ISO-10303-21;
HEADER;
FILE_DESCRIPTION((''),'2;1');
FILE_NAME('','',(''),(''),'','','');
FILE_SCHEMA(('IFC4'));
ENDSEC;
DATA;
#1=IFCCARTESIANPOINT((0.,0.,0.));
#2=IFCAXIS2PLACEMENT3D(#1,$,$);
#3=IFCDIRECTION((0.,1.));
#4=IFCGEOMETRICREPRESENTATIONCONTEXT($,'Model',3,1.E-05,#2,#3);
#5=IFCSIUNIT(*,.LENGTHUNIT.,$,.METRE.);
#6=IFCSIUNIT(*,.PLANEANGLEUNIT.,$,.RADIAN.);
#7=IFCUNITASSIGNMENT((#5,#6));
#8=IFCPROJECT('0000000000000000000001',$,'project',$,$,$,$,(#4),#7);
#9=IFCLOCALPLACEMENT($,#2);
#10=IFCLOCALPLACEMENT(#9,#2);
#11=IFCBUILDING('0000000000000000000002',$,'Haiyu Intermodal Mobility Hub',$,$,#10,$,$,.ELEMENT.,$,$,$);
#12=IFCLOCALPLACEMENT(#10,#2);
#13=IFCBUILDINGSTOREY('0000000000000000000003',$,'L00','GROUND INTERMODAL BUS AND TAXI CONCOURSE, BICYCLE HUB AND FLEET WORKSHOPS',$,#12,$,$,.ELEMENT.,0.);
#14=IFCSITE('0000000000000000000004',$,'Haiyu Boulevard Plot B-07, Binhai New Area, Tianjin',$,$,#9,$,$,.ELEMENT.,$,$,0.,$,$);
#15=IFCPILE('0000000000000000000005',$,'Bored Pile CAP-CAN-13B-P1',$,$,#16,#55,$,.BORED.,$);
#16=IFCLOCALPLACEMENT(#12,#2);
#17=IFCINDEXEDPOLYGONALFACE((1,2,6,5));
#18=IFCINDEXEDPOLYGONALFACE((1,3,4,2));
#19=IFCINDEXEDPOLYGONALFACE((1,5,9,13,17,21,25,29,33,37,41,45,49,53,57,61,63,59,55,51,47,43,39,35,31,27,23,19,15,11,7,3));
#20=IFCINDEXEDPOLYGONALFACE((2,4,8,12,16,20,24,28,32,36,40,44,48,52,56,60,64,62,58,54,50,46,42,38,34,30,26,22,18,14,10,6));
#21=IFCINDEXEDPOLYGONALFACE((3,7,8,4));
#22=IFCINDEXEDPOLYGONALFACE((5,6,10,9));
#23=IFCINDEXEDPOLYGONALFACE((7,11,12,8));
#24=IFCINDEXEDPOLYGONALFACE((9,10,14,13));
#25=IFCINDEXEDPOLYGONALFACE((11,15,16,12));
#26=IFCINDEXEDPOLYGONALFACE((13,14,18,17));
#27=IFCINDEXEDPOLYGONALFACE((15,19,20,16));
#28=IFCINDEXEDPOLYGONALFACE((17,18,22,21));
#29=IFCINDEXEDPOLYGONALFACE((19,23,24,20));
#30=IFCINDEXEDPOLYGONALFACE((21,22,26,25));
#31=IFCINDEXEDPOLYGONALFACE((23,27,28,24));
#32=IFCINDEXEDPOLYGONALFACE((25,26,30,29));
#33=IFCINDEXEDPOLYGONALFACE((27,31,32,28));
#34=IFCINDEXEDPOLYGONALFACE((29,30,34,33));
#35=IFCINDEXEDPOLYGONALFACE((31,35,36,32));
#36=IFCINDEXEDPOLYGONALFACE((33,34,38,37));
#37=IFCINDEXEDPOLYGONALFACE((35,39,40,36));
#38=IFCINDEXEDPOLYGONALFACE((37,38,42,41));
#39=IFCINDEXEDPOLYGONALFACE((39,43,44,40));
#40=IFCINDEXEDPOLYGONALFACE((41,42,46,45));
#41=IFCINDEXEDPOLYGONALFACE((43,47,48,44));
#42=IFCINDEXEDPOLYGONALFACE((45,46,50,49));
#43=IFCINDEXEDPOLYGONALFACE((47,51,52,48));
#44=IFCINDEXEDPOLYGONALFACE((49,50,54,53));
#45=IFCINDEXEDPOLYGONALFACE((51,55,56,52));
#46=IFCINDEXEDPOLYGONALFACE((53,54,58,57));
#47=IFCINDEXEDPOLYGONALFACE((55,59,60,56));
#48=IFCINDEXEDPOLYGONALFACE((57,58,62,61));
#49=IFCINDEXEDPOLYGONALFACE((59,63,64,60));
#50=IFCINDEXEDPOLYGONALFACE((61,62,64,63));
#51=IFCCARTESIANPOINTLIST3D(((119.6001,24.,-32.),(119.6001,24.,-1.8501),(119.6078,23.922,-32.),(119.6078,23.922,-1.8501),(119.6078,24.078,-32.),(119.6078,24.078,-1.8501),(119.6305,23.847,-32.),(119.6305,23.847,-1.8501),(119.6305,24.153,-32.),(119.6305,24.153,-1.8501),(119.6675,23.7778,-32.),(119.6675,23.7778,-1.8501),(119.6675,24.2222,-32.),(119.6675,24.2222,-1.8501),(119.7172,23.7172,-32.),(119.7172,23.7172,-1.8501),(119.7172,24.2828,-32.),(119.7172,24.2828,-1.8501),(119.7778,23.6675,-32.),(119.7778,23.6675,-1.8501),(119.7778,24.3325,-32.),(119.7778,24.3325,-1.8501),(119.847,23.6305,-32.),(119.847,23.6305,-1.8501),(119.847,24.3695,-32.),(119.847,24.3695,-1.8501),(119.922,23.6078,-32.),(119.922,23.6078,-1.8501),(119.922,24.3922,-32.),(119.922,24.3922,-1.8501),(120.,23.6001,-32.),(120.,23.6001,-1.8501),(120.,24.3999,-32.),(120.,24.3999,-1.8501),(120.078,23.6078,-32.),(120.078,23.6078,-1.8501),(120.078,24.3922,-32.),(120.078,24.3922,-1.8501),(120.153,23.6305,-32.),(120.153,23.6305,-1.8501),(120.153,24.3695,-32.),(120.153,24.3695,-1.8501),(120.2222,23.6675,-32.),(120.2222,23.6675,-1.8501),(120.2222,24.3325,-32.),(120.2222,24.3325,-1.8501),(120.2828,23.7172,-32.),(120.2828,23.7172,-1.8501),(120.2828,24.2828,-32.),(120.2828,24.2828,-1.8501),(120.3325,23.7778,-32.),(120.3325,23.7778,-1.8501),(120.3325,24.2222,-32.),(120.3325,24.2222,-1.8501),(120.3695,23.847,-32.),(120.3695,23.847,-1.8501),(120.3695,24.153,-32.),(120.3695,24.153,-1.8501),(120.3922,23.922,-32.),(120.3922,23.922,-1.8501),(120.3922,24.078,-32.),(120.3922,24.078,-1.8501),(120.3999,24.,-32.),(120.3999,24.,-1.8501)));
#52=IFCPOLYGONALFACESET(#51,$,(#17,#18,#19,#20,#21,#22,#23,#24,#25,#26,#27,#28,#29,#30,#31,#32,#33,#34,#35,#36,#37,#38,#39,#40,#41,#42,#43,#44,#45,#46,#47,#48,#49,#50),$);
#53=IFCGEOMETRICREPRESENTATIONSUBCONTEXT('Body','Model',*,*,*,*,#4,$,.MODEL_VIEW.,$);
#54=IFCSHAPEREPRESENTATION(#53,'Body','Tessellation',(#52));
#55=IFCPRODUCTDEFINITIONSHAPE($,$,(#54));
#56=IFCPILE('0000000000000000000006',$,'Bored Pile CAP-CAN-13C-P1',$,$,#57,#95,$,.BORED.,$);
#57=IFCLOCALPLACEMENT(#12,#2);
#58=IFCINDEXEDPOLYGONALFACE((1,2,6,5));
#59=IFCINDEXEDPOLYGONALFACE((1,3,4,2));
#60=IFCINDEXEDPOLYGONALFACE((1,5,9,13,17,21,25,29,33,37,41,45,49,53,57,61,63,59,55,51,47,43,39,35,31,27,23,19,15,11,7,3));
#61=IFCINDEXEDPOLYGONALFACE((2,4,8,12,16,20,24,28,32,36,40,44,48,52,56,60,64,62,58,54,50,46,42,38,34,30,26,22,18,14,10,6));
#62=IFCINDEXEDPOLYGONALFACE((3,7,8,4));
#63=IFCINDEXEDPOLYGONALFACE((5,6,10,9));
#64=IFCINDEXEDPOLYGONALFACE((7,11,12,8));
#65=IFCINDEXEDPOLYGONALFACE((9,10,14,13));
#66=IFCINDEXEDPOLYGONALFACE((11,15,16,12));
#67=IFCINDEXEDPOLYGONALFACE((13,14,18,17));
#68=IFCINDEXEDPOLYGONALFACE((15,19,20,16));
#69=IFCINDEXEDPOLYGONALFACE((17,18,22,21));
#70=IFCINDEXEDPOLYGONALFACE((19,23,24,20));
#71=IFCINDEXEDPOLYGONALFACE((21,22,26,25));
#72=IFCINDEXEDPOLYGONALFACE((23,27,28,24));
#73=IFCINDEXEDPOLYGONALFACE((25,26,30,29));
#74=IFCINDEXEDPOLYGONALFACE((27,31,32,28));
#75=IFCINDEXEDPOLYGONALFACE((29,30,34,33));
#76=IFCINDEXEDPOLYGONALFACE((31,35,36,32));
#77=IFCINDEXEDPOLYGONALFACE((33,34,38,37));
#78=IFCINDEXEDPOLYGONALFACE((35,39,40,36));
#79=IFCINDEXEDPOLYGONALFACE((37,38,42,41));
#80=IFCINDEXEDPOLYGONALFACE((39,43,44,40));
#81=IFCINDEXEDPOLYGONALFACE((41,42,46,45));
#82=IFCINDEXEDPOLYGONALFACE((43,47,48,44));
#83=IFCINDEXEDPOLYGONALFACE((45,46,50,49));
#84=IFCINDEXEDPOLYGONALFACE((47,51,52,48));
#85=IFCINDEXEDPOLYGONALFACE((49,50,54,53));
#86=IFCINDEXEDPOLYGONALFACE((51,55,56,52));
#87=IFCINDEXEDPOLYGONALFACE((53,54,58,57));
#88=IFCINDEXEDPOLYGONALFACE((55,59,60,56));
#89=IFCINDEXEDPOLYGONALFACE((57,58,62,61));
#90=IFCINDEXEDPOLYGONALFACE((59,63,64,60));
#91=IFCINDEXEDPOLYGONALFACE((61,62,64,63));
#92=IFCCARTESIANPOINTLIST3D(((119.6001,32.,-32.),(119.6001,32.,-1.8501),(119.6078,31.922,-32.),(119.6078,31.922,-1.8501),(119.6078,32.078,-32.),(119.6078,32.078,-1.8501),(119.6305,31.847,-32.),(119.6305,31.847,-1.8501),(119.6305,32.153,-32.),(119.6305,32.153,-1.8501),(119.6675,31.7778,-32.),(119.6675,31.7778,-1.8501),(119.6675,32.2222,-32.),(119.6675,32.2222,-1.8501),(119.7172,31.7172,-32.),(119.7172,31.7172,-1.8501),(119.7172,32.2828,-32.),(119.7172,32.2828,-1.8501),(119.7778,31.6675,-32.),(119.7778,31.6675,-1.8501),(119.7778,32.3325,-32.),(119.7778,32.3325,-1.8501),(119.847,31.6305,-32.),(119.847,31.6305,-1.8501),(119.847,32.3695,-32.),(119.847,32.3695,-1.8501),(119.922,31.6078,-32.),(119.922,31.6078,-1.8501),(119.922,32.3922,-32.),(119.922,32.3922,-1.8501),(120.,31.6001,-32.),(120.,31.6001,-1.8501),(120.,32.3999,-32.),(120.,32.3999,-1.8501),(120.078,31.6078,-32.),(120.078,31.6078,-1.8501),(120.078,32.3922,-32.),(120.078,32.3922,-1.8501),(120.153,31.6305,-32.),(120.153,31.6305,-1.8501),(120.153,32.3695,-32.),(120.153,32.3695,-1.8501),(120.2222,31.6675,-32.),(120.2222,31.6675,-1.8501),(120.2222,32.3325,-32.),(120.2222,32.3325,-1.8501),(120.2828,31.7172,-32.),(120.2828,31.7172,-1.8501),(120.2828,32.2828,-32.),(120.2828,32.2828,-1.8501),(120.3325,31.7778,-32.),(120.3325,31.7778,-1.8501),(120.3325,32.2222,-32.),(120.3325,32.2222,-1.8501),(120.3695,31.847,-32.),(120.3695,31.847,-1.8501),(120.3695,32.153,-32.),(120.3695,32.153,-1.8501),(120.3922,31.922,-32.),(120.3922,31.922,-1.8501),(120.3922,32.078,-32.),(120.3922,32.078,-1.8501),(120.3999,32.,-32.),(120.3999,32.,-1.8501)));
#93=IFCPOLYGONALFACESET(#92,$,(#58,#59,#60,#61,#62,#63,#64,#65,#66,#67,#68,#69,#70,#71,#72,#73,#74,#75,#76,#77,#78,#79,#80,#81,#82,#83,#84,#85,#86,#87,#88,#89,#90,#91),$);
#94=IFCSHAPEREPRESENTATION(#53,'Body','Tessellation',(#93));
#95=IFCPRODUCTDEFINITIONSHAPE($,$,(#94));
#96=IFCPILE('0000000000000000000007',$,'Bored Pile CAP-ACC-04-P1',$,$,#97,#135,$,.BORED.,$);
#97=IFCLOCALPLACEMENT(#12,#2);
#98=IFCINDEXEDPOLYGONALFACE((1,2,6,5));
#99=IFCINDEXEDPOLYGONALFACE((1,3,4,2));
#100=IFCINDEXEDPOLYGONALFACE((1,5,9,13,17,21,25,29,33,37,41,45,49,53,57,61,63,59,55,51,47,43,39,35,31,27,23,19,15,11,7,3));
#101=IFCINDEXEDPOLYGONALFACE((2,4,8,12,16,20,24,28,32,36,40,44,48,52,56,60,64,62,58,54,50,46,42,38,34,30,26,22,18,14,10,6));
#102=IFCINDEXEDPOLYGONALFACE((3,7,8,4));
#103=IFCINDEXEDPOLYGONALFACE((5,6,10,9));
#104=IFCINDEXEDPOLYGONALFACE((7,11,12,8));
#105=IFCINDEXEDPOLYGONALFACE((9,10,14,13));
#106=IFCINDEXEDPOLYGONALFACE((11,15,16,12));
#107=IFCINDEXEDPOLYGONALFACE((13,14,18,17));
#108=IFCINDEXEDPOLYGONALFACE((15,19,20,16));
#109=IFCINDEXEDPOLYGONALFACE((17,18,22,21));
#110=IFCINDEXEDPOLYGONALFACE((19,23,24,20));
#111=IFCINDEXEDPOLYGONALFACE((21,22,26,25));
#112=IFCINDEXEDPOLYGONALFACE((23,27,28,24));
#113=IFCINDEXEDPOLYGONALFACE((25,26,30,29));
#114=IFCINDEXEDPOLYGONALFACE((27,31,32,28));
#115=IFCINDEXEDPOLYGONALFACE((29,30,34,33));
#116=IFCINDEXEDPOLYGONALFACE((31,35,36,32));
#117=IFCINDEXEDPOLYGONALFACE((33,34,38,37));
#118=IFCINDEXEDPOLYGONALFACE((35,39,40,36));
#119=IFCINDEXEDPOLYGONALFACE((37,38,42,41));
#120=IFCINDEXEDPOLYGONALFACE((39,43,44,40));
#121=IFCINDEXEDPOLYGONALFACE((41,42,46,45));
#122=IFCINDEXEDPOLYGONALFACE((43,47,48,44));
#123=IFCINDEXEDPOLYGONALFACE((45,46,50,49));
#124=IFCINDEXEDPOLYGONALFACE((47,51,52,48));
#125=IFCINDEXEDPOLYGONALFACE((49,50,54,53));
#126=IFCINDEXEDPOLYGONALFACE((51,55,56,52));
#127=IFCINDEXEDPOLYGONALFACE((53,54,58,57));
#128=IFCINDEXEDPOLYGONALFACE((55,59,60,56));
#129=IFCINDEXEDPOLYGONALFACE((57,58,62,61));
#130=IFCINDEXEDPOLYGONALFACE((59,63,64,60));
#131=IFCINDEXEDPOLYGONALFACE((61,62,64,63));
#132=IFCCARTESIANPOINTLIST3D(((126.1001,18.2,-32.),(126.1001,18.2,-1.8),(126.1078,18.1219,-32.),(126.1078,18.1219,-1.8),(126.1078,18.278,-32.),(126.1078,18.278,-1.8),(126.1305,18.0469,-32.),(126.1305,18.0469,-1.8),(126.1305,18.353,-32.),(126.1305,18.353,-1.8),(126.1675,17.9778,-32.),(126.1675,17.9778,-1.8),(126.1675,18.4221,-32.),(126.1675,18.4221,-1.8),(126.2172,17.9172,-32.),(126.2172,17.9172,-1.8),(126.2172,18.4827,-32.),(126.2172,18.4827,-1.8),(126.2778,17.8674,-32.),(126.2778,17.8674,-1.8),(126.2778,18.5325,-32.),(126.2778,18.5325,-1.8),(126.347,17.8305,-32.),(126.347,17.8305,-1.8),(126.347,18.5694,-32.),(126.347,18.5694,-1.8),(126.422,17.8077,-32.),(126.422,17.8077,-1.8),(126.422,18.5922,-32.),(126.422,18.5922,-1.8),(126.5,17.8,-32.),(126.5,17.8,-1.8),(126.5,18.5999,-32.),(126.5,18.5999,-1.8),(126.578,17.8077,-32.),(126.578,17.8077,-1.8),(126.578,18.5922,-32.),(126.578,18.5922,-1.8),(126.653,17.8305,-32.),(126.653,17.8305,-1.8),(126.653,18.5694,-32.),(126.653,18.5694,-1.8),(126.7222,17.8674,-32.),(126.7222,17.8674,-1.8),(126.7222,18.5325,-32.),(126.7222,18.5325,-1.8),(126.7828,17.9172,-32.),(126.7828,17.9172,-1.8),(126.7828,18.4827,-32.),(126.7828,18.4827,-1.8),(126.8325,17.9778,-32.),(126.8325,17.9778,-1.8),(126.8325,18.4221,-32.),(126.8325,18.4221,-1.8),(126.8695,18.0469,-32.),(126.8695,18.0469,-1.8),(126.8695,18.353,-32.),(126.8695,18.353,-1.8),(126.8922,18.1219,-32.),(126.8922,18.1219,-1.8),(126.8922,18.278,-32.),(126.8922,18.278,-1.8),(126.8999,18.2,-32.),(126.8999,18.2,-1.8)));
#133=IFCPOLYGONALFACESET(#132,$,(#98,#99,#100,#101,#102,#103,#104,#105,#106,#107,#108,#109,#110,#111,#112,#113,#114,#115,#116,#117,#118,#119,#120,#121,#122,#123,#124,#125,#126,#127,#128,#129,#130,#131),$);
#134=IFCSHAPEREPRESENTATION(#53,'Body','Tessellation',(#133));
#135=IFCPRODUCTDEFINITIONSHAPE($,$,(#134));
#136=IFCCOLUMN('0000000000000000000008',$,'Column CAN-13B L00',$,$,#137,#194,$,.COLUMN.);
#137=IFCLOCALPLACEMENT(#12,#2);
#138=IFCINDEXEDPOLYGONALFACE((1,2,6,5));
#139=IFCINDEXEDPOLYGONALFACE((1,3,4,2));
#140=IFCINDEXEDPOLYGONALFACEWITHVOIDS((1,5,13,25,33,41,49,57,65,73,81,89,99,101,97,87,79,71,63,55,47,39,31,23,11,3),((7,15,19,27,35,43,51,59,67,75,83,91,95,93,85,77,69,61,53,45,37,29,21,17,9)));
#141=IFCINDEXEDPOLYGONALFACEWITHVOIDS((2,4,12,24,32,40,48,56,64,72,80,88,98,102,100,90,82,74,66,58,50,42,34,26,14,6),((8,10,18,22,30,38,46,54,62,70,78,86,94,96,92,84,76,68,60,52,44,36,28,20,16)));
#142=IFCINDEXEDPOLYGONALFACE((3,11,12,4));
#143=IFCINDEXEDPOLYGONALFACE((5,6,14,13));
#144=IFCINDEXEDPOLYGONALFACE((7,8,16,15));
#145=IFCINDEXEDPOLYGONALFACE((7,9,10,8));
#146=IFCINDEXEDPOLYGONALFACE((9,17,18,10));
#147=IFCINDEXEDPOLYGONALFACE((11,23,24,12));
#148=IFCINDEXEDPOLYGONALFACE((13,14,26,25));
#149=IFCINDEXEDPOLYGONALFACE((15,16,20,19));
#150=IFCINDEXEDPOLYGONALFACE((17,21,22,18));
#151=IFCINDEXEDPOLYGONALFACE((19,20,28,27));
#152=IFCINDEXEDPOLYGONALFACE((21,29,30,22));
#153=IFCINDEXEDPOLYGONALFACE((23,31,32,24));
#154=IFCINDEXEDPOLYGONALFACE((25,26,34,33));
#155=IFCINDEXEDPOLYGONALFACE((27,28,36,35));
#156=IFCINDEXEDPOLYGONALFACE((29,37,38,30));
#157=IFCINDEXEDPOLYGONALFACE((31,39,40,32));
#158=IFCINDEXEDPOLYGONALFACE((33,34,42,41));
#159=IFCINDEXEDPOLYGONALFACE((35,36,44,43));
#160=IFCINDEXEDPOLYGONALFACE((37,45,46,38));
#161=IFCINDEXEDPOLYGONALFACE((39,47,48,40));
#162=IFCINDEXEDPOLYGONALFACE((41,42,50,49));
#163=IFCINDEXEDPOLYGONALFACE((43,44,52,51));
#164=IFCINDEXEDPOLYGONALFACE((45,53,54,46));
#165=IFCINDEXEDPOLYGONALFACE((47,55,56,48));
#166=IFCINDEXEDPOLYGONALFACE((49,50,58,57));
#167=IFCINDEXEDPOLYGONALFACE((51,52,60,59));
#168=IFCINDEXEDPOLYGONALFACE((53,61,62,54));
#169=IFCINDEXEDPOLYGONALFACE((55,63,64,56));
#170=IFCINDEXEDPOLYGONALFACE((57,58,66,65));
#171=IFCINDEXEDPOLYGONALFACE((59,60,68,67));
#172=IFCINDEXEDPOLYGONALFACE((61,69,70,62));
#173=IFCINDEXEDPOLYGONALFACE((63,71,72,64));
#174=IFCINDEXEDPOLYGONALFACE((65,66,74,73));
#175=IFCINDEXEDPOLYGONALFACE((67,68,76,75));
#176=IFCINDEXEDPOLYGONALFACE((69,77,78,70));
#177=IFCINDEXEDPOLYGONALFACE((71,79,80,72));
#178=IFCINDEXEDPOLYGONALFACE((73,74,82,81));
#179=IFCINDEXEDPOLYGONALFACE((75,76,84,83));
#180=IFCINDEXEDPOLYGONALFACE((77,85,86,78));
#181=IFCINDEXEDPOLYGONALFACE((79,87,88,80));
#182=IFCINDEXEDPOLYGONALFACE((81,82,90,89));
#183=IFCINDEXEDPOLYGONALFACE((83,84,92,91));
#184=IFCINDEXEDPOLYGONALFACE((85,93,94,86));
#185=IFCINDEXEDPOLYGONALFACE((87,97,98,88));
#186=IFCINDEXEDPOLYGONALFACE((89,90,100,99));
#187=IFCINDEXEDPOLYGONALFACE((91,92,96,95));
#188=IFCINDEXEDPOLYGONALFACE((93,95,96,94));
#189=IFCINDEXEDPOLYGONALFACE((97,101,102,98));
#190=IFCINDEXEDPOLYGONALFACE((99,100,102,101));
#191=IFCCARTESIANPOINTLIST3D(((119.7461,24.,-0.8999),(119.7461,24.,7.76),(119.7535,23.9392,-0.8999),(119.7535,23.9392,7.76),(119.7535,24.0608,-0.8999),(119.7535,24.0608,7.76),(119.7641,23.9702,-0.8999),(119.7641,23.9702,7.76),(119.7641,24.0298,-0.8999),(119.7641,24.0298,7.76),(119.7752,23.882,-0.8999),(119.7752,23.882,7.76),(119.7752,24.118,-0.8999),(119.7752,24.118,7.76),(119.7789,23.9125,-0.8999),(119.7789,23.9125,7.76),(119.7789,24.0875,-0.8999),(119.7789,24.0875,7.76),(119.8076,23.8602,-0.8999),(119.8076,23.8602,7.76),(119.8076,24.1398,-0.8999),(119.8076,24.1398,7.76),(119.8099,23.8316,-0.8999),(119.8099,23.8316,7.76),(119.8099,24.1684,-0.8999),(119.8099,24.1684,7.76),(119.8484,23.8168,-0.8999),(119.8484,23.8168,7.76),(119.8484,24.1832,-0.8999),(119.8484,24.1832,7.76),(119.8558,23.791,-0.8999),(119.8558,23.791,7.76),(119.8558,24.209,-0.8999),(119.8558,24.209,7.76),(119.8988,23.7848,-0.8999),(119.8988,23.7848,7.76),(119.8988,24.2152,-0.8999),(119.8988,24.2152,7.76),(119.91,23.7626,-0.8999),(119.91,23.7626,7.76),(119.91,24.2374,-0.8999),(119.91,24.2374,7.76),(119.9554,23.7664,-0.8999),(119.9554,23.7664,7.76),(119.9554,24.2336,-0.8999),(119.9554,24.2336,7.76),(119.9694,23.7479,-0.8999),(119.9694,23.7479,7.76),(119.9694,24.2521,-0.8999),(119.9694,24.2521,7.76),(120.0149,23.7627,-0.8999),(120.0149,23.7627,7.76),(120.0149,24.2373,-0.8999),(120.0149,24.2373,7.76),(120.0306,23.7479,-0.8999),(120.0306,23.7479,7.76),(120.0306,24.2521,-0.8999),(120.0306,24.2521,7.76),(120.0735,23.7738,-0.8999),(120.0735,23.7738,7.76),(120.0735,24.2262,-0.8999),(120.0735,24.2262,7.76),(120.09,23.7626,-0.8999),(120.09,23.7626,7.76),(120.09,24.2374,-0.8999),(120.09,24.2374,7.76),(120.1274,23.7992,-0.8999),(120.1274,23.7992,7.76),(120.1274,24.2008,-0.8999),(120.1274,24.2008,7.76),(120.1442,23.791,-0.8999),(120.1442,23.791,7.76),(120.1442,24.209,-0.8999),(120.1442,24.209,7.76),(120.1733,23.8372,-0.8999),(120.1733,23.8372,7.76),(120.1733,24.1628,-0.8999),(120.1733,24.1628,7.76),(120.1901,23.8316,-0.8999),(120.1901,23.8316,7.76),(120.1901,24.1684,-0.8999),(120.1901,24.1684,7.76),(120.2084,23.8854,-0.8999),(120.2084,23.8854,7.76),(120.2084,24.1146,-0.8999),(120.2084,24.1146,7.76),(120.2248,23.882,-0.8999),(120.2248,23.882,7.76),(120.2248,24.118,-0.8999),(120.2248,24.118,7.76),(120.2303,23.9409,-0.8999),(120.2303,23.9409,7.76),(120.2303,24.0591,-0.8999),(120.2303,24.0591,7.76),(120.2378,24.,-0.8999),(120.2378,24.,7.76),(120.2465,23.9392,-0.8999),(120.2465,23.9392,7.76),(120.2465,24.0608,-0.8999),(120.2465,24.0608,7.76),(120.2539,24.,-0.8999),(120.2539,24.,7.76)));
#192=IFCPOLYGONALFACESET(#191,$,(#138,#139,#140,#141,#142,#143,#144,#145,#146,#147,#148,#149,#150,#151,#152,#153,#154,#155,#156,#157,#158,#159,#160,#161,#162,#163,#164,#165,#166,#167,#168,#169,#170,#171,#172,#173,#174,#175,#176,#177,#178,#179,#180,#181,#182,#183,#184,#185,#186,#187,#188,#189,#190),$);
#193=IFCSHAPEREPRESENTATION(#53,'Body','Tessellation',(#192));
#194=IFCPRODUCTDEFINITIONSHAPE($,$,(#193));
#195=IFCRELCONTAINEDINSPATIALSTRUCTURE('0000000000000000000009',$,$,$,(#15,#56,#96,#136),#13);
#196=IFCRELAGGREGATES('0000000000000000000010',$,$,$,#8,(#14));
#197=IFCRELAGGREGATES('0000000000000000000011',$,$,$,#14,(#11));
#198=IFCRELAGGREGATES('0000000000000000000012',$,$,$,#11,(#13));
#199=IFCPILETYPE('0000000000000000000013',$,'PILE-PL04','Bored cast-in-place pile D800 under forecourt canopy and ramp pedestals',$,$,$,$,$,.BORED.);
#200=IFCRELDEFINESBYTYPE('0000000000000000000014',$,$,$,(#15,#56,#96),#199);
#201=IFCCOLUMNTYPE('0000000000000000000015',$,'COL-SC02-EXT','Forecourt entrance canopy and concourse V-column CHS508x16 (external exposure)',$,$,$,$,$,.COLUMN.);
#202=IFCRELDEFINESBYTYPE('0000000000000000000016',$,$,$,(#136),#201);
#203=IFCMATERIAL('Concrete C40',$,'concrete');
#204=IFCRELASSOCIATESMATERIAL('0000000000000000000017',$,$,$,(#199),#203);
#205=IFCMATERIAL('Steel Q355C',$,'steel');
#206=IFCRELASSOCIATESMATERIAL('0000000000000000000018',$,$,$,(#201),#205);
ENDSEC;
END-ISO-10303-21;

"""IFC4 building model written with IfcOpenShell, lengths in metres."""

from ifc_helpers import new_model, si_unit, direction, frame, origin, origin_2d, place, context, subcontext, project, spatial, circle, hollow_circle, extrude, material, material_profile, profile_set, type_object, element, save


model = new_model("IFC4")

# Units and contexts
model_context = context("Model", 3, precision=1e-05, world=origin(), true_north=direction((0.0, 1.0)))
body_context = subcontext(model_context, "Body", "Model", "MODEL_VIEW")
ifc_project = project(units=[si_unit("LENGTHUNIT", "METRE"), si_unit("PLANEANGLEUNIT", "RADIAN")], contexts=[model_context])

# Site, building, storey
site_placement = place(None, origin())
site = spatial("IfcSite", under=ifc_project, at=site_placement, Name="Haiyu Boulevard Plot B-07, Binhai New Area, Tianjin", CompositionType="ELEMENT", RefElevation=0.0)
building_placement = place(site_placement, origin())
building = spatial("IfcBuilding", under=site, at=building_placement, Name="Haiyu Intermodal Mobility Hub", CompositionType="ELEMENT")
storey_placement = place(building_placement, origin())
storey = spatial("IfcBuildingStorey", under=building, at=storey_placement, Name="L00", Description="GROUND INTERMODAL BUS AND TAXI CONCOURSE, BICYCLE HUB AND FLEET WORKSHOPS", CompositionType="ELEMENT", Elevation=0.0)

# Shared definitions
ifc_material_1 = material(Name="Concrete C40", Category="concrete")

# Piles
ifc_material_profile_1 = material_profile(ifc_material_1, circle(Radius=0.3999, at=origin_2d()), Name="PILE-D800")
ifc_profile_set_1 = profile_set([ifc_material_profile_1], Name="Concrete C40")
pile_type_1 = type_object("IfcPileType", Name="PILE-PL04", Description="Bored cast-in-place pile D800 under forecourt canopy and ramp pedestals", PredefinedType="BORED", material=ifc_profile_set_1)
for number, where, z_axis, x_axis, name in (
    (1, (120.0, 24.0, -1.8501), (0.0, 0.0, -1.0), (1.0, 0.0, 0.0), "Bored Pile CAP-CAN-13B-P1"),
    (2, (120.0, 32.0, -1.8501), (0.0, 0.0, -1.0), (1.0, 0.0, 0.0), "Bored Pile CAP-CAN-13C-P1"),
):
    element("IfcPile", number, at=place(storey_placement, frame(where, z_axis=z_axis, x_axis=x_axis)), inside=storey, type_object=pile_type_1, Name=name, PredefinedType="BORED", context=body_context, shape_type="SweptSolid", body=[
        extrude(circle(Radius=0.3999, at=origin_2d()), origin(), (0.0, 0.0, 1.0), 30.1499),
    ])
pile_placement = place(storey_placement, frame((126.5, 18.2, -1.8), z_axis=(0.0, 0.0, -1.0), x_axis=(1.0, 0.0, 0.0)))
element("IfcPile", 3, at=pile_placement, inside=storey, type_object=pile_type_1, Name="Bored Pile CAP-ACC-04-P1", PredefinedType="BORED", context=body_context, shape_type="SweptSolid", body=[
    extrude(circle(Radius=0.3999, at=origin_2d()), origin(), (0.0, 0.0, 1.0), 30.2),
])

# Column
ifc_material_2 = material(Name="Steel Q355C", Category="steel")
ifc_material_profile_2 = material_profile(ifc_material_2, hollow_circle(Radius=0.2539, WallThickness=0.0161, at=origin_2d()), Name="CHS508x16")
ifc_profile_set_2 = profile_set([ifc_material_profile_2], Name="Steel Q355C")
column_type = type_object("IfcColumnType", Name="COL-SC02-EXT", Description="Forecourt entrance canopy and concourse V-column CHS508x16 (external exposure)", PredefinedType="COLUMN", material=ifc_profile_set_2)
column_1_placement = place(storey_placement, frame((120.0, 24.0, -0.8999), z_axis=(0.0, 0.0, 1.0), x_axis=(1.0, 0.0, 0.0)))
element("IfcColumn", 4, at=column_1_placement, inside=storey, type_object=column_type, Name="Column CAN-13B L00", PredefinedType="COLUMN", context=body_context, shape_type="SweptSolid", body=[
    extrude(hollow_circle(Radius=0.2539, WallThickness=0.0161, at=origin_2d()), origin(), (0.0, 0.0, 1.0), 8.6599),
])

save(model, "model.ifc")
